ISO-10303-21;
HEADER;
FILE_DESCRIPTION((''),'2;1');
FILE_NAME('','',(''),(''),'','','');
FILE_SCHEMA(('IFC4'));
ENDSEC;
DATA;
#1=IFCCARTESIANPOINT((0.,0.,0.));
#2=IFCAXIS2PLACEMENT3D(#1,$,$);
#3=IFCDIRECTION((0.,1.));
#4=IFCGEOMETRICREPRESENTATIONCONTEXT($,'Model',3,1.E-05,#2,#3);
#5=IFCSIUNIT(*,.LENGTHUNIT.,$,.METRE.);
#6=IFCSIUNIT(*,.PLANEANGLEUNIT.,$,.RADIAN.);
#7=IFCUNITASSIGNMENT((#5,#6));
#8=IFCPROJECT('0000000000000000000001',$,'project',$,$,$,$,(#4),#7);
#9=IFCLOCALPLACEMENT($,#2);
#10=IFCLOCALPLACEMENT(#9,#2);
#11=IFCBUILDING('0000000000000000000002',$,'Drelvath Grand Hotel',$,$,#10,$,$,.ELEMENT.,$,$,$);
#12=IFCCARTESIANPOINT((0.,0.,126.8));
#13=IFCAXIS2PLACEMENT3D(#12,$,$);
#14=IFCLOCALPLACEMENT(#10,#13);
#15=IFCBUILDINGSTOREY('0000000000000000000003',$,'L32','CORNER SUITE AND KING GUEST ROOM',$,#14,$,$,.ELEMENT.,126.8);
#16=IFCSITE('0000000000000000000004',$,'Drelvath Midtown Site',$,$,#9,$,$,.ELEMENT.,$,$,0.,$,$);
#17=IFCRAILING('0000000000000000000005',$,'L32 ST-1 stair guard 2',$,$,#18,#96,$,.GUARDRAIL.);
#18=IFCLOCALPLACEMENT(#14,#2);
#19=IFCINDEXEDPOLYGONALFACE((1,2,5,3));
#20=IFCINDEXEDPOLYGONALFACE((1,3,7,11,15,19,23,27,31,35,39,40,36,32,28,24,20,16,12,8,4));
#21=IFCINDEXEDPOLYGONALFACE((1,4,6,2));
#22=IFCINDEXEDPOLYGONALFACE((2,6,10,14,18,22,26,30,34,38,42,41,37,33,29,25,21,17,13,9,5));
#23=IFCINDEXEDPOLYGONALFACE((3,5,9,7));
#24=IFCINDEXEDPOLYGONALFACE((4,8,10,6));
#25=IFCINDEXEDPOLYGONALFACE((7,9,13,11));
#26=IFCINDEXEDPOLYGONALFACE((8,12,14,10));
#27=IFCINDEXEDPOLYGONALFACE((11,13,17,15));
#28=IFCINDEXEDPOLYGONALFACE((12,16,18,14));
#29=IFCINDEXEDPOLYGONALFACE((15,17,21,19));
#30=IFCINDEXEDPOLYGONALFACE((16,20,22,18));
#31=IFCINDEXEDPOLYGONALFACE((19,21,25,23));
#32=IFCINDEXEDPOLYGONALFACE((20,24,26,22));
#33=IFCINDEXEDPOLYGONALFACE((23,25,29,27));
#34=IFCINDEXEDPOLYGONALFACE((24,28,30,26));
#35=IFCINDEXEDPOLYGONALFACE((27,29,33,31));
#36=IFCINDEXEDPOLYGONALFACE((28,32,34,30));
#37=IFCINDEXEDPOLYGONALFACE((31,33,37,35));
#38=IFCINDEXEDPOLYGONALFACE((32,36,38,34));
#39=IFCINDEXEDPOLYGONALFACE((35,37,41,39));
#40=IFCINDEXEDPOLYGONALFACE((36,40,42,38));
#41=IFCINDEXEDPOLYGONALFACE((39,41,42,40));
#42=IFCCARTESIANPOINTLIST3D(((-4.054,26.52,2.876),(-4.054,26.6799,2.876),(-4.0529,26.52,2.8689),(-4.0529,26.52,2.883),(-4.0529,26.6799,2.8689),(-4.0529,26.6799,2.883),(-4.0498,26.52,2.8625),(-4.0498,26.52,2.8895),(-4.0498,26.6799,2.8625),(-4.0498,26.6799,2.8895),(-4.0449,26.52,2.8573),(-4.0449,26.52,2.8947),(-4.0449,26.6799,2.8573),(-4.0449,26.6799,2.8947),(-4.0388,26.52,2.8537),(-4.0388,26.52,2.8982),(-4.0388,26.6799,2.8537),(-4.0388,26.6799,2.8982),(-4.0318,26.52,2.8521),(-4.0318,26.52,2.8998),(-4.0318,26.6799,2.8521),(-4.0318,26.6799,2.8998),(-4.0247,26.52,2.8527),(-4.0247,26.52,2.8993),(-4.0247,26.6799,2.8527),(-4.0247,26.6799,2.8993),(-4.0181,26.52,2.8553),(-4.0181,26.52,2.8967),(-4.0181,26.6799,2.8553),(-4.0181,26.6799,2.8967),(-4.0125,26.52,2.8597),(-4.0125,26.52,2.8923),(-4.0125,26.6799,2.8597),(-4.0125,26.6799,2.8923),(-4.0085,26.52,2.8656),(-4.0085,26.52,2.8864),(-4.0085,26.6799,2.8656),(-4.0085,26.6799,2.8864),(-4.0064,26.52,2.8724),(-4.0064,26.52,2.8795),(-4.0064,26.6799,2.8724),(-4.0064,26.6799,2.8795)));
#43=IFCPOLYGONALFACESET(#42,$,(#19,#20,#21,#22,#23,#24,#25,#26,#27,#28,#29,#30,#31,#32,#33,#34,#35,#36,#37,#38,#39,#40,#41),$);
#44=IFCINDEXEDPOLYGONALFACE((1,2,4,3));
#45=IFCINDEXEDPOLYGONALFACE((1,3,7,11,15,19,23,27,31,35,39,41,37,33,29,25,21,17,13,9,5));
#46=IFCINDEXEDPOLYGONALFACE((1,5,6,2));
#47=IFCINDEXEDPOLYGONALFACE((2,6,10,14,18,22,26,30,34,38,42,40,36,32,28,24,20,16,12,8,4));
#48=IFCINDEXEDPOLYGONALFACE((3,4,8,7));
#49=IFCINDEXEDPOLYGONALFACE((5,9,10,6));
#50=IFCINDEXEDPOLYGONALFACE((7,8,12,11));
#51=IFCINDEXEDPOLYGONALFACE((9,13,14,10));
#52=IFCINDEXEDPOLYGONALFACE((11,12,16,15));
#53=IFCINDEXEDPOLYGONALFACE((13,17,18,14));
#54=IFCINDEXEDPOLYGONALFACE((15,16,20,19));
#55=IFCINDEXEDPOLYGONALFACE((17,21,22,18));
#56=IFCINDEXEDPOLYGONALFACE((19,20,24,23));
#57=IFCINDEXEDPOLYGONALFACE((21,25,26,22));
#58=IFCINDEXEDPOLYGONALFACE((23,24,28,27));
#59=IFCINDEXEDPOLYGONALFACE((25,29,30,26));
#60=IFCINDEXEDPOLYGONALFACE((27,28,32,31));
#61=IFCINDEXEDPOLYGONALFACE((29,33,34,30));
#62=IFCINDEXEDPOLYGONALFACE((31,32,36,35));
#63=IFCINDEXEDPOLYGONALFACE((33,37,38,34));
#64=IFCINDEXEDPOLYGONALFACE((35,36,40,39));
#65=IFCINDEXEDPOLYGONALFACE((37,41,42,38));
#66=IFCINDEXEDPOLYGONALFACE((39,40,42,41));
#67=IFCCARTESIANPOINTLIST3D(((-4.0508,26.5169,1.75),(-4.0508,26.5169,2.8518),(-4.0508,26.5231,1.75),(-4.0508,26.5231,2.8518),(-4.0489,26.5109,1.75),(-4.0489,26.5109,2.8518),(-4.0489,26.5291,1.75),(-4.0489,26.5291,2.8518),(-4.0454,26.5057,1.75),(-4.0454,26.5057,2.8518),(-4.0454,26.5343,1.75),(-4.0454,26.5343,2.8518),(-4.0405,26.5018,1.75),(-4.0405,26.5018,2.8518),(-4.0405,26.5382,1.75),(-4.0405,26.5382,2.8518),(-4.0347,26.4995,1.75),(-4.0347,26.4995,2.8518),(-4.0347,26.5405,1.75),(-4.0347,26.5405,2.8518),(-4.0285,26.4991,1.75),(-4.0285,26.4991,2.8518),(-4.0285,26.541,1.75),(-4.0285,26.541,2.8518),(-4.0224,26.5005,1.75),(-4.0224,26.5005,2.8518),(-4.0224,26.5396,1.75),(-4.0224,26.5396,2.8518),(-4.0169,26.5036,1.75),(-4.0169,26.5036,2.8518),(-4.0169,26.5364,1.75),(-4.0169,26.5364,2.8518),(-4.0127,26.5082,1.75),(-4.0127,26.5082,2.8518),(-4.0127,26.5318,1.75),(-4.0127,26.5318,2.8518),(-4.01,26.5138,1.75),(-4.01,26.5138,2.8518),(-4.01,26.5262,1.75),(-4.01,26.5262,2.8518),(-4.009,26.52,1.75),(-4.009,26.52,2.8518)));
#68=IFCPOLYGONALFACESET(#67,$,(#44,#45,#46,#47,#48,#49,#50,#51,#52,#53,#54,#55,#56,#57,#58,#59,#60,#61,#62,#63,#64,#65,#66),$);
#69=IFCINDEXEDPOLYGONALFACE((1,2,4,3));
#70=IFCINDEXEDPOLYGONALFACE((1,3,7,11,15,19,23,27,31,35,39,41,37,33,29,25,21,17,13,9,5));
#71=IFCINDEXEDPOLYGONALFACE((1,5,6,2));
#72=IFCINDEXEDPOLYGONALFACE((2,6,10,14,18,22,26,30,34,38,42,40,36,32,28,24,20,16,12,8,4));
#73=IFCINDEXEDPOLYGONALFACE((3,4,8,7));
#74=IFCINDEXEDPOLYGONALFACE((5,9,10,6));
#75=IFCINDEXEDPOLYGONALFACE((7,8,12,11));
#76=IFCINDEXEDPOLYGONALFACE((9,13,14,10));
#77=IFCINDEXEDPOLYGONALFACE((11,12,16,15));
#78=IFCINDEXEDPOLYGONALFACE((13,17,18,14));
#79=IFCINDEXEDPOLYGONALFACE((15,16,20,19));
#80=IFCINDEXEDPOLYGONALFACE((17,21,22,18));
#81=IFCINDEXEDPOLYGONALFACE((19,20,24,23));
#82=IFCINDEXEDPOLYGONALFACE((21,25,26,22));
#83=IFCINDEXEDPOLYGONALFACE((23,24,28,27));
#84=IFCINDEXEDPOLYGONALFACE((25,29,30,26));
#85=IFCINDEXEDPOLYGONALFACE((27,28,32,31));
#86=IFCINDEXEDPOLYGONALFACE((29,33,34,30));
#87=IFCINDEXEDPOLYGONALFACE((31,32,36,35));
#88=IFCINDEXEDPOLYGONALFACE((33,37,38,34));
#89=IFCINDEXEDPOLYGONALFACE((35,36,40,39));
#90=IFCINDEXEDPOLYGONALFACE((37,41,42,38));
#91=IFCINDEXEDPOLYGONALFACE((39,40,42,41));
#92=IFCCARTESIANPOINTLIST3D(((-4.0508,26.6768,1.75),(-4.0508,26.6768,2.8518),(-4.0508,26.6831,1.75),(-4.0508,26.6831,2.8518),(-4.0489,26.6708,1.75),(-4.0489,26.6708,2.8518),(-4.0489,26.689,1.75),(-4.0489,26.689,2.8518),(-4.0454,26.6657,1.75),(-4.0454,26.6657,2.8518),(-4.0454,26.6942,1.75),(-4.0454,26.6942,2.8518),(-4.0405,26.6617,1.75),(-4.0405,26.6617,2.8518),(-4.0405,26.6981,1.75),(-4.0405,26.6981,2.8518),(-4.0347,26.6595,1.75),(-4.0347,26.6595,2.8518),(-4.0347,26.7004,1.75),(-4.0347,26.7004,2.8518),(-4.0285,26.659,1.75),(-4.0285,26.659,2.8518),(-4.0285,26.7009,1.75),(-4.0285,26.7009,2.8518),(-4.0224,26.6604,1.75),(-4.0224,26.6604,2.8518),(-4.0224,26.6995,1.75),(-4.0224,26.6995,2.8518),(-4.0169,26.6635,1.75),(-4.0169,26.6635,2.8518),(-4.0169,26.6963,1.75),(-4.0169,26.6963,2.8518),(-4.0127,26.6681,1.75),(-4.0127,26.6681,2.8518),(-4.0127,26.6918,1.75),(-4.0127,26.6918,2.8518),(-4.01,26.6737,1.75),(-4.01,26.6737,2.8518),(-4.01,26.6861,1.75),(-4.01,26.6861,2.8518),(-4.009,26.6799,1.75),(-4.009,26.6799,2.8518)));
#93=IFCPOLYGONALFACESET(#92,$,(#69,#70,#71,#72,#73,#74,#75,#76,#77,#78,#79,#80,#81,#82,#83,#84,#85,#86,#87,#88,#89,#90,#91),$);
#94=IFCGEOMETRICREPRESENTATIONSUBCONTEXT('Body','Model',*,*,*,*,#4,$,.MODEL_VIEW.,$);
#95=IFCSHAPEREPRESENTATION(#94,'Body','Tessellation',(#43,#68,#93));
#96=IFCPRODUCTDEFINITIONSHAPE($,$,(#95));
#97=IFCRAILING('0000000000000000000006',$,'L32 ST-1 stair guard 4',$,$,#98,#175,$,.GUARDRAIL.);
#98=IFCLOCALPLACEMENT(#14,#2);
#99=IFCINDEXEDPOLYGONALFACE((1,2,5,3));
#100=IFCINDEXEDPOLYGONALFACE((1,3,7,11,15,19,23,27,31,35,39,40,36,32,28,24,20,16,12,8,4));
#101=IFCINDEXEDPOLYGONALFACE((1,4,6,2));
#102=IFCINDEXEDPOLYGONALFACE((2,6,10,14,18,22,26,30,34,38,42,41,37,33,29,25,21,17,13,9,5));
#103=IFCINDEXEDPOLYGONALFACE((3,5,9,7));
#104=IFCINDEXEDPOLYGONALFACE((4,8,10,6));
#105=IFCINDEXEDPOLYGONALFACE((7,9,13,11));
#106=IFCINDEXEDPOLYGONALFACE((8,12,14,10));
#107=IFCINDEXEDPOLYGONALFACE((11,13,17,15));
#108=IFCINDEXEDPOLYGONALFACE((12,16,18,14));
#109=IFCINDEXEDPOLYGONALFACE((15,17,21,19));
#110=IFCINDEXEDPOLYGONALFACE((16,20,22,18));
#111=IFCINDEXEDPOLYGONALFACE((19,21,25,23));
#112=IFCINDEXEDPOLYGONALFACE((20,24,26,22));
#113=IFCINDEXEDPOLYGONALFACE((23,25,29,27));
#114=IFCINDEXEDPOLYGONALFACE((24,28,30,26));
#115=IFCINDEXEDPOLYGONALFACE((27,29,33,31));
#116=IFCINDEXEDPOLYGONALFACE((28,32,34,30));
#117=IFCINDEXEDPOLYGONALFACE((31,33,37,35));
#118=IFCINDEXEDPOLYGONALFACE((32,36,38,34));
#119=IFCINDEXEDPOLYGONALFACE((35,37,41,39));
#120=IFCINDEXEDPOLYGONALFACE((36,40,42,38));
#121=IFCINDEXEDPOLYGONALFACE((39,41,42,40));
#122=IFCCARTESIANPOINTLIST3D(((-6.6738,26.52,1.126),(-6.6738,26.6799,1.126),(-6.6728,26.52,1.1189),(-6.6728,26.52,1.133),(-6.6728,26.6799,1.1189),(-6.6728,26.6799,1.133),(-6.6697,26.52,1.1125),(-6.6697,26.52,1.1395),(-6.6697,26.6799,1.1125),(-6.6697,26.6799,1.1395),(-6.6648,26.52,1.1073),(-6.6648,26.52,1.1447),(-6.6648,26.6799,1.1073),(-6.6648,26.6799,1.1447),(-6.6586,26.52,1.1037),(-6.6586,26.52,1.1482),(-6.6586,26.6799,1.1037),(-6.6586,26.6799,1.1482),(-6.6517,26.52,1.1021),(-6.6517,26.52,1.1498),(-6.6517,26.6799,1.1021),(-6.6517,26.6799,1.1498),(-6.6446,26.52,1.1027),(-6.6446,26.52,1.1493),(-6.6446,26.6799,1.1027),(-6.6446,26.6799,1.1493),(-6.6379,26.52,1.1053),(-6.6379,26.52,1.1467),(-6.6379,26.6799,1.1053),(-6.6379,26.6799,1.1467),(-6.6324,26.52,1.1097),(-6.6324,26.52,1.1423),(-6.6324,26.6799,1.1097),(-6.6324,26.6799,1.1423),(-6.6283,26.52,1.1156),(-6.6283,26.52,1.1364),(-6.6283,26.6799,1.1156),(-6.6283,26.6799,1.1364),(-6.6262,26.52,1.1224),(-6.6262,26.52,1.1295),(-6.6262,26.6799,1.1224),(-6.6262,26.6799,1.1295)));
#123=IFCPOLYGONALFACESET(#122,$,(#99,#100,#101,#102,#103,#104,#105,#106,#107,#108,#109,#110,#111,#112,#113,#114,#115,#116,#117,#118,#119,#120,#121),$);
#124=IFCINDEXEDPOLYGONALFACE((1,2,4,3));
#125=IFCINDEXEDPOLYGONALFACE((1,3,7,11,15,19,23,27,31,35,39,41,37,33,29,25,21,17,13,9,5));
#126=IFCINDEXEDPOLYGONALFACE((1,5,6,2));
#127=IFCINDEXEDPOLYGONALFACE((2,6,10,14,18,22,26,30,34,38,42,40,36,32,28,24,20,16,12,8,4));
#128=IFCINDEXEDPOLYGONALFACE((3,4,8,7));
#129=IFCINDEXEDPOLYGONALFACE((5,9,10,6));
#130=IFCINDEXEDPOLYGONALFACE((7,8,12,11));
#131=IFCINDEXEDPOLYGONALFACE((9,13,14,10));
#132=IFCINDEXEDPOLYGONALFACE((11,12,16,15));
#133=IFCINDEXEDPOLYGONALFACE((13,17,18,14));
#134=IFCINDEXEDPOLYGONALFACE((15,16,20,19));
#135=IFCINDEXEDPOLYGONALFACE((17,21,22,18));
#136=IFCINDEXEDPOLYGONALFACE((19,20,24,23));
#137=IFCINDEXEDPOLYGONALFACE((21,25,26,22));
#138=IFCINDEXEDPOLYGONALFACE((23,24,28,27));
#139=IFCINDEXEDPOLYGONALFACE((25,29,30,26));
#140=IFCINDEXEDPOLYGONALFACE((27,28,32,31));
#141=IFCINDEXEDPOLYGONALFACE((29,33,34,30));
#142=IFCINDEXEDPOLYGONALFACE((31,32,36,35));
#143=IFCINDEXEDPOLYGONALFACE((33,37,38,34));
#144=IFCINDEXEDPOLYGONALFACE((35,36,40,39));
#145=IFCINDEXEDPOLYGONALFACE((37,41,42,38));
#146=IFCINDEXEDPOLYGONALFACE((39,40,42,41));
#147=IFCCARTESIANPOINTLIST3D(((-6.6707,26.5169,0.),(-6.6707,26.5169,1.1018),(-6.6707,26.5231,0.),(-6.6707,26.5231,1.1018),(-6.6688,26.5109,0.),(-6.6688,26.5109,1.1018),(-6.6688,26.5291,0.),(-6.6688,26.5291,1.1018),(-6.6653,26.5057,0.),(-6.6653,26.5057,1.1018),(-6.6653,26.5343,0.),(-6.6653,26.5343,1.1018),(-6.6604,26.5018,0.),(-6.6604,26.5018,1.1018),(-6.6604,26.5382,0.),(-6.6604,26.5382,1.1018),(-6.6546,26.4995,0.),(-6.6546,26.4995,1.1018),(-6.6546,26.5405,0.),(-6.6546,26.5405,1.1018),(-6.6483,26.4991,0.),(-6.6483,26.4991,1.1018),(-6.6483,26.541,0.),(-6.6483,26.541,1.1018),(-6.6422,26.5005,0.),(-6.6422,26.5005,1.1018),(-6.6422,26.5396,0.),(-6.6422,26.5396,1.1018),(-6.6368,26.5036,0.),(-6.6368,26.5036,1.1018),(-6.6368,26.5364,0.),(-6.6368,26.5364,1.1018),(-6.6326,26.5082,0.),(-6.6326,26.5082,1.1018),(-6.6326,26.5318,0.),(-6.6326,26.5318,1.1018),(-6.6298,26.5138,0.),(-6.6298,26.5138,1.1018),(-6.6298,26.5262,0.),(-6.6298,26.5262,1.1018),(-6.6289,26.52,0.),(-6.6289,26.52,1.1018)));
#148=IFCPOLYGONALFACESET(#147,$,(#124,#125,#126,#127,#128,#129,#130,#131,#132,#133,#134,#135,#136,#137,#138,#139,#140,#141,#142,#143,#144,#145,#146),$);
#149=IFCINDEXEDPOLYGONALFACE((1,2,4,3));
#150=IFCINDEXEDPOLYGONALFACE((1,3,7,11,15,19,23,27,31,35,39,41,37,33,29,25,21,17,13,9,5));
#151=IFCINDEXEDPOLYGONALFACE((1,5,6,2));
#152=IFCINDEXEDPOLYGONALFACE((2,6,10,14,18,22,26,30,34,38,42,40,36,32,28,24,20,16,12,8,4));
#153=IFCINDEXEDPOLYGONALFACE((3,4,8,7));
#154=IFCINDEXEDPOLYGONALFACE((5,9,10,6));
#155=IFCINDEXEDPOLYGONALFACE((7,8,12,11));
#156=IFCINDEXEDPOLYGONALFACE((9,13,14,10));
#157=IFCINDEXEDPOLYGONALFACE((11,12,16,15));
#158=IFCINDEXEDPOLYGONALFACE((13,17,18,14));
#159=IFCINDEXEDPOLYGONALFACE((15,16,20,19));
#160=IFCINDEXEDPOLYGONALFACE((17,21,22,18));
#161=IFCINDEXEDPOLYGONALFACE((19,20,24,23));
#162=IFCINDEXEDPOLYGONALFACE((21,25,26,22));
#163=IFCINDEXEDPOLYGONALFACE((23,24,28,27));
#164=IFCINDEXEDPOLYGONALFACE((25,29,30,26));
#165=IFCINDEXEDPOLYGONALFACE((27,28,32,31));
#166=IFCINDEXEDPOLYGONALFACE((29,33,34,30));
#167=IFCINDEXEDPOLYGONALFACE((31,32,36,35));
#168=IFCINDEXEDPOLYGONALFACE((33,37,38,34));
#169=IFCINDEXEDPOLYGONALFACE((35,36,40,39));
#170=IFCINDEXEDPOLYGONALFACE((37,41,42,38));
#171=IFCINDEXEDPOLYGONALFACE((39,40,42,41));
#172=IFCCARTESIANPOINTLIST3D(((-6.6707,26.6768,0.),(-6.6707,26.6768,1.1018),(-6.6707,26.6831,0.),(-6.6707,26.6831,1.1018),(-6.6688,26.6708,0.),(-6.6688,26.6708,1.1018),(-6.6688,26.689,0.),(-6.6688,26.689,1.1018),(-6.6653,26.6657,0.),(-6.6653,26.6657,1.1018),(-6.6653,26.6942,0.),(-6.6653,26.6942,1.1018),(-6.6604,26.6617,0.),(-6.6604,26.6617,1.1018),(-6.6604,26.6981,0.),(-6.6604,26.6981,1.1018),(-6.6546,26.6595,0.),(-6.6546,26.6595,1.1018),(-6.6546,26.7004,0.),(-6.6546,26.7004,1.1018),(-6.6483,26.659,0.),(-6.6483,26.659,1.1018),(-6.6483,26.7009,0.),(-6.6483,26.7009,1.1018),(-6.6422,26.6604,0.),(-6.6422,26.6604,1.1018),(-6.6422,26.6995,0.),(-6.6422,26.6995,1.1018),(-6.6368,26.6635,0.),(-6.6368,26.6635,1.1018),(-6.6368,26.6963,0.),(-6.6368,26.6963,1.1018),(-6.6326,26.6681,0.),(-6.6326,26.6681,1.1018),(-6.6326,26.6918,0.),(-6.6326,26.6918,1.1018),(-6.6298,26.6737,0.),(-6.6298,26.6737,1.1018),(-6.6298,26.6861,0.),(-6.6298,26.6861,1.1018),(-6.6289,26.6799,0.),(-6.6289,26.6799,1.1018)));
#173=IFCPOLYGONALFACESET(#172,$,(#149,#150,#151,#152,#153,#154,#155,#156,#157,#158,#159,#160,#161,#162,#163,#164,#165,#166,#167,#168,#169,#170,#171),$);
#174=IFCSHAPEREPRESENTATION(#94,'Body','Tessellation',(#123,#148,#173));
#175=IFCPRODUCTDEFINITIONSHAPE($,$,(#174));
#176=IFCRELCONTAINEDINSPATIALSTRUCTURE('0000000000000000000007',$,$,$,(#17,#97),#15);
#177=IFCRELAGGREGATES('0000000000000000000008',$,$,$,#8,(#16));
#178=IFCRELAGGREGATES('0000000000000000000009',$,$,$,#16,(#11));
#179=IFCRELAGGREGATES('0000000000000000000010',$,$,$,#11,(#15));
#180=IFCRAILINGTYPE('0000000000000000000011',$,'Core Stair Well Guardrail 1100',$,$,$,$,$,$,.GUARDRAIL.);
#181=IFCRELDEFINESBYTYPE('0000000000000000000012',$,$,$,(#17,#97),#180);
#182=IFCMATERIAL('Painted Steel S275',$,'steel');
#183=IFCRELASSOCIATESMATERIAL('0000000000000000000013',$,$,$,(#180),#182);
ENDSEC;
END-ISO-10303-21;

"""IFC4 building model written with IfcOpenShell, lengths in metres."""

from ifc_helpers import new_model, si_unit, direction, frame, origin, origin_2d, place, context, subcontext, project, spatial, circle, extrude, material, type_object, element, save


model = new_model("IFC4")

# Units and contexts
model_context = context("Model", 3, precision=1e-05, world=origin(), true_north=direction((0.0, 1.0)))
body_context = subcontext(model_context, "Body", "Model", "MODEL_VIEW")
ifc_project = project(units=[si_unit("LENGTHUNIT", "METRE"), si_unit("PLANEANGLEUNIT", "RADIAN")], contexts=[model_context])

# Site, building, storey
site_placement = place(None, origin())
site = spatial("IfcSite", under=ifc_project, at=site_placement, Name="Drelvath Midtown Site", CompositionType="ELEMENT", RefElevation=0.0)
building_placement = place(site_placement, origin())
building = spatial("IfcBuilding", under=site, at=building_placement, Name="Drelvath Grand Hotel", CompositionType="ELEMENT")
storey_placement = place(building_placement, frame((0.0, 0.0, 126.8)))
storey = spatial("IfcBuildingStorey", under=building, at=storey_placement, Name="L32", Description="CORNER SUITE AND KING GUEST ROOM", CompositionType="ELEMENT", Elevation=126.8)

# Shared definitions
ifc_material_1 = material(Name="Painted Steel S275", Category="steel")

# Railings
railing_type_1 = type_object("IfcRailingType", Name="Core Stair Well Guardrail 1100", PredefinedType="GUARDRAIL", material=ifc_material_1)
for number, where, name in (
    (1, (-4.03, 26.52, 1.75), "L32 ST-1 stair guard 2"),
    (2, (-6.6499, 26.52, 0.0), "L32 ST-1 stair guard 4"),
):
    element("IfcRailing", number, at=place(storey_placement, frame(where)), inside=storey, type_object=railing_type_1, Name=name, PredefinedType="GUARDRAIL", context=body_context, shape_type="SweptSolid", body=[
        extrude(circle(Radius=0.0239, at=origin_2d()), frame((0.0, 0.0, 1.126), z_axis=(0.0, 1.0, 0.0), x_axis=(-1.0, 0.0, 0.0)), (0.0, 0.0, 1.0), 0.1599),
        extrude(circle(Radius=0.021, at=origin_2d()), origin(), (0.0, 0.0, 1.0), 1.1018),
        extrude(circle(Radius=0.021, at=origin_2d()), frame((0.0, 0.1599, 0.0)), (0.0, 0.0, 1.0), 1.1018),
    ])

save(model, "model.ifc")
